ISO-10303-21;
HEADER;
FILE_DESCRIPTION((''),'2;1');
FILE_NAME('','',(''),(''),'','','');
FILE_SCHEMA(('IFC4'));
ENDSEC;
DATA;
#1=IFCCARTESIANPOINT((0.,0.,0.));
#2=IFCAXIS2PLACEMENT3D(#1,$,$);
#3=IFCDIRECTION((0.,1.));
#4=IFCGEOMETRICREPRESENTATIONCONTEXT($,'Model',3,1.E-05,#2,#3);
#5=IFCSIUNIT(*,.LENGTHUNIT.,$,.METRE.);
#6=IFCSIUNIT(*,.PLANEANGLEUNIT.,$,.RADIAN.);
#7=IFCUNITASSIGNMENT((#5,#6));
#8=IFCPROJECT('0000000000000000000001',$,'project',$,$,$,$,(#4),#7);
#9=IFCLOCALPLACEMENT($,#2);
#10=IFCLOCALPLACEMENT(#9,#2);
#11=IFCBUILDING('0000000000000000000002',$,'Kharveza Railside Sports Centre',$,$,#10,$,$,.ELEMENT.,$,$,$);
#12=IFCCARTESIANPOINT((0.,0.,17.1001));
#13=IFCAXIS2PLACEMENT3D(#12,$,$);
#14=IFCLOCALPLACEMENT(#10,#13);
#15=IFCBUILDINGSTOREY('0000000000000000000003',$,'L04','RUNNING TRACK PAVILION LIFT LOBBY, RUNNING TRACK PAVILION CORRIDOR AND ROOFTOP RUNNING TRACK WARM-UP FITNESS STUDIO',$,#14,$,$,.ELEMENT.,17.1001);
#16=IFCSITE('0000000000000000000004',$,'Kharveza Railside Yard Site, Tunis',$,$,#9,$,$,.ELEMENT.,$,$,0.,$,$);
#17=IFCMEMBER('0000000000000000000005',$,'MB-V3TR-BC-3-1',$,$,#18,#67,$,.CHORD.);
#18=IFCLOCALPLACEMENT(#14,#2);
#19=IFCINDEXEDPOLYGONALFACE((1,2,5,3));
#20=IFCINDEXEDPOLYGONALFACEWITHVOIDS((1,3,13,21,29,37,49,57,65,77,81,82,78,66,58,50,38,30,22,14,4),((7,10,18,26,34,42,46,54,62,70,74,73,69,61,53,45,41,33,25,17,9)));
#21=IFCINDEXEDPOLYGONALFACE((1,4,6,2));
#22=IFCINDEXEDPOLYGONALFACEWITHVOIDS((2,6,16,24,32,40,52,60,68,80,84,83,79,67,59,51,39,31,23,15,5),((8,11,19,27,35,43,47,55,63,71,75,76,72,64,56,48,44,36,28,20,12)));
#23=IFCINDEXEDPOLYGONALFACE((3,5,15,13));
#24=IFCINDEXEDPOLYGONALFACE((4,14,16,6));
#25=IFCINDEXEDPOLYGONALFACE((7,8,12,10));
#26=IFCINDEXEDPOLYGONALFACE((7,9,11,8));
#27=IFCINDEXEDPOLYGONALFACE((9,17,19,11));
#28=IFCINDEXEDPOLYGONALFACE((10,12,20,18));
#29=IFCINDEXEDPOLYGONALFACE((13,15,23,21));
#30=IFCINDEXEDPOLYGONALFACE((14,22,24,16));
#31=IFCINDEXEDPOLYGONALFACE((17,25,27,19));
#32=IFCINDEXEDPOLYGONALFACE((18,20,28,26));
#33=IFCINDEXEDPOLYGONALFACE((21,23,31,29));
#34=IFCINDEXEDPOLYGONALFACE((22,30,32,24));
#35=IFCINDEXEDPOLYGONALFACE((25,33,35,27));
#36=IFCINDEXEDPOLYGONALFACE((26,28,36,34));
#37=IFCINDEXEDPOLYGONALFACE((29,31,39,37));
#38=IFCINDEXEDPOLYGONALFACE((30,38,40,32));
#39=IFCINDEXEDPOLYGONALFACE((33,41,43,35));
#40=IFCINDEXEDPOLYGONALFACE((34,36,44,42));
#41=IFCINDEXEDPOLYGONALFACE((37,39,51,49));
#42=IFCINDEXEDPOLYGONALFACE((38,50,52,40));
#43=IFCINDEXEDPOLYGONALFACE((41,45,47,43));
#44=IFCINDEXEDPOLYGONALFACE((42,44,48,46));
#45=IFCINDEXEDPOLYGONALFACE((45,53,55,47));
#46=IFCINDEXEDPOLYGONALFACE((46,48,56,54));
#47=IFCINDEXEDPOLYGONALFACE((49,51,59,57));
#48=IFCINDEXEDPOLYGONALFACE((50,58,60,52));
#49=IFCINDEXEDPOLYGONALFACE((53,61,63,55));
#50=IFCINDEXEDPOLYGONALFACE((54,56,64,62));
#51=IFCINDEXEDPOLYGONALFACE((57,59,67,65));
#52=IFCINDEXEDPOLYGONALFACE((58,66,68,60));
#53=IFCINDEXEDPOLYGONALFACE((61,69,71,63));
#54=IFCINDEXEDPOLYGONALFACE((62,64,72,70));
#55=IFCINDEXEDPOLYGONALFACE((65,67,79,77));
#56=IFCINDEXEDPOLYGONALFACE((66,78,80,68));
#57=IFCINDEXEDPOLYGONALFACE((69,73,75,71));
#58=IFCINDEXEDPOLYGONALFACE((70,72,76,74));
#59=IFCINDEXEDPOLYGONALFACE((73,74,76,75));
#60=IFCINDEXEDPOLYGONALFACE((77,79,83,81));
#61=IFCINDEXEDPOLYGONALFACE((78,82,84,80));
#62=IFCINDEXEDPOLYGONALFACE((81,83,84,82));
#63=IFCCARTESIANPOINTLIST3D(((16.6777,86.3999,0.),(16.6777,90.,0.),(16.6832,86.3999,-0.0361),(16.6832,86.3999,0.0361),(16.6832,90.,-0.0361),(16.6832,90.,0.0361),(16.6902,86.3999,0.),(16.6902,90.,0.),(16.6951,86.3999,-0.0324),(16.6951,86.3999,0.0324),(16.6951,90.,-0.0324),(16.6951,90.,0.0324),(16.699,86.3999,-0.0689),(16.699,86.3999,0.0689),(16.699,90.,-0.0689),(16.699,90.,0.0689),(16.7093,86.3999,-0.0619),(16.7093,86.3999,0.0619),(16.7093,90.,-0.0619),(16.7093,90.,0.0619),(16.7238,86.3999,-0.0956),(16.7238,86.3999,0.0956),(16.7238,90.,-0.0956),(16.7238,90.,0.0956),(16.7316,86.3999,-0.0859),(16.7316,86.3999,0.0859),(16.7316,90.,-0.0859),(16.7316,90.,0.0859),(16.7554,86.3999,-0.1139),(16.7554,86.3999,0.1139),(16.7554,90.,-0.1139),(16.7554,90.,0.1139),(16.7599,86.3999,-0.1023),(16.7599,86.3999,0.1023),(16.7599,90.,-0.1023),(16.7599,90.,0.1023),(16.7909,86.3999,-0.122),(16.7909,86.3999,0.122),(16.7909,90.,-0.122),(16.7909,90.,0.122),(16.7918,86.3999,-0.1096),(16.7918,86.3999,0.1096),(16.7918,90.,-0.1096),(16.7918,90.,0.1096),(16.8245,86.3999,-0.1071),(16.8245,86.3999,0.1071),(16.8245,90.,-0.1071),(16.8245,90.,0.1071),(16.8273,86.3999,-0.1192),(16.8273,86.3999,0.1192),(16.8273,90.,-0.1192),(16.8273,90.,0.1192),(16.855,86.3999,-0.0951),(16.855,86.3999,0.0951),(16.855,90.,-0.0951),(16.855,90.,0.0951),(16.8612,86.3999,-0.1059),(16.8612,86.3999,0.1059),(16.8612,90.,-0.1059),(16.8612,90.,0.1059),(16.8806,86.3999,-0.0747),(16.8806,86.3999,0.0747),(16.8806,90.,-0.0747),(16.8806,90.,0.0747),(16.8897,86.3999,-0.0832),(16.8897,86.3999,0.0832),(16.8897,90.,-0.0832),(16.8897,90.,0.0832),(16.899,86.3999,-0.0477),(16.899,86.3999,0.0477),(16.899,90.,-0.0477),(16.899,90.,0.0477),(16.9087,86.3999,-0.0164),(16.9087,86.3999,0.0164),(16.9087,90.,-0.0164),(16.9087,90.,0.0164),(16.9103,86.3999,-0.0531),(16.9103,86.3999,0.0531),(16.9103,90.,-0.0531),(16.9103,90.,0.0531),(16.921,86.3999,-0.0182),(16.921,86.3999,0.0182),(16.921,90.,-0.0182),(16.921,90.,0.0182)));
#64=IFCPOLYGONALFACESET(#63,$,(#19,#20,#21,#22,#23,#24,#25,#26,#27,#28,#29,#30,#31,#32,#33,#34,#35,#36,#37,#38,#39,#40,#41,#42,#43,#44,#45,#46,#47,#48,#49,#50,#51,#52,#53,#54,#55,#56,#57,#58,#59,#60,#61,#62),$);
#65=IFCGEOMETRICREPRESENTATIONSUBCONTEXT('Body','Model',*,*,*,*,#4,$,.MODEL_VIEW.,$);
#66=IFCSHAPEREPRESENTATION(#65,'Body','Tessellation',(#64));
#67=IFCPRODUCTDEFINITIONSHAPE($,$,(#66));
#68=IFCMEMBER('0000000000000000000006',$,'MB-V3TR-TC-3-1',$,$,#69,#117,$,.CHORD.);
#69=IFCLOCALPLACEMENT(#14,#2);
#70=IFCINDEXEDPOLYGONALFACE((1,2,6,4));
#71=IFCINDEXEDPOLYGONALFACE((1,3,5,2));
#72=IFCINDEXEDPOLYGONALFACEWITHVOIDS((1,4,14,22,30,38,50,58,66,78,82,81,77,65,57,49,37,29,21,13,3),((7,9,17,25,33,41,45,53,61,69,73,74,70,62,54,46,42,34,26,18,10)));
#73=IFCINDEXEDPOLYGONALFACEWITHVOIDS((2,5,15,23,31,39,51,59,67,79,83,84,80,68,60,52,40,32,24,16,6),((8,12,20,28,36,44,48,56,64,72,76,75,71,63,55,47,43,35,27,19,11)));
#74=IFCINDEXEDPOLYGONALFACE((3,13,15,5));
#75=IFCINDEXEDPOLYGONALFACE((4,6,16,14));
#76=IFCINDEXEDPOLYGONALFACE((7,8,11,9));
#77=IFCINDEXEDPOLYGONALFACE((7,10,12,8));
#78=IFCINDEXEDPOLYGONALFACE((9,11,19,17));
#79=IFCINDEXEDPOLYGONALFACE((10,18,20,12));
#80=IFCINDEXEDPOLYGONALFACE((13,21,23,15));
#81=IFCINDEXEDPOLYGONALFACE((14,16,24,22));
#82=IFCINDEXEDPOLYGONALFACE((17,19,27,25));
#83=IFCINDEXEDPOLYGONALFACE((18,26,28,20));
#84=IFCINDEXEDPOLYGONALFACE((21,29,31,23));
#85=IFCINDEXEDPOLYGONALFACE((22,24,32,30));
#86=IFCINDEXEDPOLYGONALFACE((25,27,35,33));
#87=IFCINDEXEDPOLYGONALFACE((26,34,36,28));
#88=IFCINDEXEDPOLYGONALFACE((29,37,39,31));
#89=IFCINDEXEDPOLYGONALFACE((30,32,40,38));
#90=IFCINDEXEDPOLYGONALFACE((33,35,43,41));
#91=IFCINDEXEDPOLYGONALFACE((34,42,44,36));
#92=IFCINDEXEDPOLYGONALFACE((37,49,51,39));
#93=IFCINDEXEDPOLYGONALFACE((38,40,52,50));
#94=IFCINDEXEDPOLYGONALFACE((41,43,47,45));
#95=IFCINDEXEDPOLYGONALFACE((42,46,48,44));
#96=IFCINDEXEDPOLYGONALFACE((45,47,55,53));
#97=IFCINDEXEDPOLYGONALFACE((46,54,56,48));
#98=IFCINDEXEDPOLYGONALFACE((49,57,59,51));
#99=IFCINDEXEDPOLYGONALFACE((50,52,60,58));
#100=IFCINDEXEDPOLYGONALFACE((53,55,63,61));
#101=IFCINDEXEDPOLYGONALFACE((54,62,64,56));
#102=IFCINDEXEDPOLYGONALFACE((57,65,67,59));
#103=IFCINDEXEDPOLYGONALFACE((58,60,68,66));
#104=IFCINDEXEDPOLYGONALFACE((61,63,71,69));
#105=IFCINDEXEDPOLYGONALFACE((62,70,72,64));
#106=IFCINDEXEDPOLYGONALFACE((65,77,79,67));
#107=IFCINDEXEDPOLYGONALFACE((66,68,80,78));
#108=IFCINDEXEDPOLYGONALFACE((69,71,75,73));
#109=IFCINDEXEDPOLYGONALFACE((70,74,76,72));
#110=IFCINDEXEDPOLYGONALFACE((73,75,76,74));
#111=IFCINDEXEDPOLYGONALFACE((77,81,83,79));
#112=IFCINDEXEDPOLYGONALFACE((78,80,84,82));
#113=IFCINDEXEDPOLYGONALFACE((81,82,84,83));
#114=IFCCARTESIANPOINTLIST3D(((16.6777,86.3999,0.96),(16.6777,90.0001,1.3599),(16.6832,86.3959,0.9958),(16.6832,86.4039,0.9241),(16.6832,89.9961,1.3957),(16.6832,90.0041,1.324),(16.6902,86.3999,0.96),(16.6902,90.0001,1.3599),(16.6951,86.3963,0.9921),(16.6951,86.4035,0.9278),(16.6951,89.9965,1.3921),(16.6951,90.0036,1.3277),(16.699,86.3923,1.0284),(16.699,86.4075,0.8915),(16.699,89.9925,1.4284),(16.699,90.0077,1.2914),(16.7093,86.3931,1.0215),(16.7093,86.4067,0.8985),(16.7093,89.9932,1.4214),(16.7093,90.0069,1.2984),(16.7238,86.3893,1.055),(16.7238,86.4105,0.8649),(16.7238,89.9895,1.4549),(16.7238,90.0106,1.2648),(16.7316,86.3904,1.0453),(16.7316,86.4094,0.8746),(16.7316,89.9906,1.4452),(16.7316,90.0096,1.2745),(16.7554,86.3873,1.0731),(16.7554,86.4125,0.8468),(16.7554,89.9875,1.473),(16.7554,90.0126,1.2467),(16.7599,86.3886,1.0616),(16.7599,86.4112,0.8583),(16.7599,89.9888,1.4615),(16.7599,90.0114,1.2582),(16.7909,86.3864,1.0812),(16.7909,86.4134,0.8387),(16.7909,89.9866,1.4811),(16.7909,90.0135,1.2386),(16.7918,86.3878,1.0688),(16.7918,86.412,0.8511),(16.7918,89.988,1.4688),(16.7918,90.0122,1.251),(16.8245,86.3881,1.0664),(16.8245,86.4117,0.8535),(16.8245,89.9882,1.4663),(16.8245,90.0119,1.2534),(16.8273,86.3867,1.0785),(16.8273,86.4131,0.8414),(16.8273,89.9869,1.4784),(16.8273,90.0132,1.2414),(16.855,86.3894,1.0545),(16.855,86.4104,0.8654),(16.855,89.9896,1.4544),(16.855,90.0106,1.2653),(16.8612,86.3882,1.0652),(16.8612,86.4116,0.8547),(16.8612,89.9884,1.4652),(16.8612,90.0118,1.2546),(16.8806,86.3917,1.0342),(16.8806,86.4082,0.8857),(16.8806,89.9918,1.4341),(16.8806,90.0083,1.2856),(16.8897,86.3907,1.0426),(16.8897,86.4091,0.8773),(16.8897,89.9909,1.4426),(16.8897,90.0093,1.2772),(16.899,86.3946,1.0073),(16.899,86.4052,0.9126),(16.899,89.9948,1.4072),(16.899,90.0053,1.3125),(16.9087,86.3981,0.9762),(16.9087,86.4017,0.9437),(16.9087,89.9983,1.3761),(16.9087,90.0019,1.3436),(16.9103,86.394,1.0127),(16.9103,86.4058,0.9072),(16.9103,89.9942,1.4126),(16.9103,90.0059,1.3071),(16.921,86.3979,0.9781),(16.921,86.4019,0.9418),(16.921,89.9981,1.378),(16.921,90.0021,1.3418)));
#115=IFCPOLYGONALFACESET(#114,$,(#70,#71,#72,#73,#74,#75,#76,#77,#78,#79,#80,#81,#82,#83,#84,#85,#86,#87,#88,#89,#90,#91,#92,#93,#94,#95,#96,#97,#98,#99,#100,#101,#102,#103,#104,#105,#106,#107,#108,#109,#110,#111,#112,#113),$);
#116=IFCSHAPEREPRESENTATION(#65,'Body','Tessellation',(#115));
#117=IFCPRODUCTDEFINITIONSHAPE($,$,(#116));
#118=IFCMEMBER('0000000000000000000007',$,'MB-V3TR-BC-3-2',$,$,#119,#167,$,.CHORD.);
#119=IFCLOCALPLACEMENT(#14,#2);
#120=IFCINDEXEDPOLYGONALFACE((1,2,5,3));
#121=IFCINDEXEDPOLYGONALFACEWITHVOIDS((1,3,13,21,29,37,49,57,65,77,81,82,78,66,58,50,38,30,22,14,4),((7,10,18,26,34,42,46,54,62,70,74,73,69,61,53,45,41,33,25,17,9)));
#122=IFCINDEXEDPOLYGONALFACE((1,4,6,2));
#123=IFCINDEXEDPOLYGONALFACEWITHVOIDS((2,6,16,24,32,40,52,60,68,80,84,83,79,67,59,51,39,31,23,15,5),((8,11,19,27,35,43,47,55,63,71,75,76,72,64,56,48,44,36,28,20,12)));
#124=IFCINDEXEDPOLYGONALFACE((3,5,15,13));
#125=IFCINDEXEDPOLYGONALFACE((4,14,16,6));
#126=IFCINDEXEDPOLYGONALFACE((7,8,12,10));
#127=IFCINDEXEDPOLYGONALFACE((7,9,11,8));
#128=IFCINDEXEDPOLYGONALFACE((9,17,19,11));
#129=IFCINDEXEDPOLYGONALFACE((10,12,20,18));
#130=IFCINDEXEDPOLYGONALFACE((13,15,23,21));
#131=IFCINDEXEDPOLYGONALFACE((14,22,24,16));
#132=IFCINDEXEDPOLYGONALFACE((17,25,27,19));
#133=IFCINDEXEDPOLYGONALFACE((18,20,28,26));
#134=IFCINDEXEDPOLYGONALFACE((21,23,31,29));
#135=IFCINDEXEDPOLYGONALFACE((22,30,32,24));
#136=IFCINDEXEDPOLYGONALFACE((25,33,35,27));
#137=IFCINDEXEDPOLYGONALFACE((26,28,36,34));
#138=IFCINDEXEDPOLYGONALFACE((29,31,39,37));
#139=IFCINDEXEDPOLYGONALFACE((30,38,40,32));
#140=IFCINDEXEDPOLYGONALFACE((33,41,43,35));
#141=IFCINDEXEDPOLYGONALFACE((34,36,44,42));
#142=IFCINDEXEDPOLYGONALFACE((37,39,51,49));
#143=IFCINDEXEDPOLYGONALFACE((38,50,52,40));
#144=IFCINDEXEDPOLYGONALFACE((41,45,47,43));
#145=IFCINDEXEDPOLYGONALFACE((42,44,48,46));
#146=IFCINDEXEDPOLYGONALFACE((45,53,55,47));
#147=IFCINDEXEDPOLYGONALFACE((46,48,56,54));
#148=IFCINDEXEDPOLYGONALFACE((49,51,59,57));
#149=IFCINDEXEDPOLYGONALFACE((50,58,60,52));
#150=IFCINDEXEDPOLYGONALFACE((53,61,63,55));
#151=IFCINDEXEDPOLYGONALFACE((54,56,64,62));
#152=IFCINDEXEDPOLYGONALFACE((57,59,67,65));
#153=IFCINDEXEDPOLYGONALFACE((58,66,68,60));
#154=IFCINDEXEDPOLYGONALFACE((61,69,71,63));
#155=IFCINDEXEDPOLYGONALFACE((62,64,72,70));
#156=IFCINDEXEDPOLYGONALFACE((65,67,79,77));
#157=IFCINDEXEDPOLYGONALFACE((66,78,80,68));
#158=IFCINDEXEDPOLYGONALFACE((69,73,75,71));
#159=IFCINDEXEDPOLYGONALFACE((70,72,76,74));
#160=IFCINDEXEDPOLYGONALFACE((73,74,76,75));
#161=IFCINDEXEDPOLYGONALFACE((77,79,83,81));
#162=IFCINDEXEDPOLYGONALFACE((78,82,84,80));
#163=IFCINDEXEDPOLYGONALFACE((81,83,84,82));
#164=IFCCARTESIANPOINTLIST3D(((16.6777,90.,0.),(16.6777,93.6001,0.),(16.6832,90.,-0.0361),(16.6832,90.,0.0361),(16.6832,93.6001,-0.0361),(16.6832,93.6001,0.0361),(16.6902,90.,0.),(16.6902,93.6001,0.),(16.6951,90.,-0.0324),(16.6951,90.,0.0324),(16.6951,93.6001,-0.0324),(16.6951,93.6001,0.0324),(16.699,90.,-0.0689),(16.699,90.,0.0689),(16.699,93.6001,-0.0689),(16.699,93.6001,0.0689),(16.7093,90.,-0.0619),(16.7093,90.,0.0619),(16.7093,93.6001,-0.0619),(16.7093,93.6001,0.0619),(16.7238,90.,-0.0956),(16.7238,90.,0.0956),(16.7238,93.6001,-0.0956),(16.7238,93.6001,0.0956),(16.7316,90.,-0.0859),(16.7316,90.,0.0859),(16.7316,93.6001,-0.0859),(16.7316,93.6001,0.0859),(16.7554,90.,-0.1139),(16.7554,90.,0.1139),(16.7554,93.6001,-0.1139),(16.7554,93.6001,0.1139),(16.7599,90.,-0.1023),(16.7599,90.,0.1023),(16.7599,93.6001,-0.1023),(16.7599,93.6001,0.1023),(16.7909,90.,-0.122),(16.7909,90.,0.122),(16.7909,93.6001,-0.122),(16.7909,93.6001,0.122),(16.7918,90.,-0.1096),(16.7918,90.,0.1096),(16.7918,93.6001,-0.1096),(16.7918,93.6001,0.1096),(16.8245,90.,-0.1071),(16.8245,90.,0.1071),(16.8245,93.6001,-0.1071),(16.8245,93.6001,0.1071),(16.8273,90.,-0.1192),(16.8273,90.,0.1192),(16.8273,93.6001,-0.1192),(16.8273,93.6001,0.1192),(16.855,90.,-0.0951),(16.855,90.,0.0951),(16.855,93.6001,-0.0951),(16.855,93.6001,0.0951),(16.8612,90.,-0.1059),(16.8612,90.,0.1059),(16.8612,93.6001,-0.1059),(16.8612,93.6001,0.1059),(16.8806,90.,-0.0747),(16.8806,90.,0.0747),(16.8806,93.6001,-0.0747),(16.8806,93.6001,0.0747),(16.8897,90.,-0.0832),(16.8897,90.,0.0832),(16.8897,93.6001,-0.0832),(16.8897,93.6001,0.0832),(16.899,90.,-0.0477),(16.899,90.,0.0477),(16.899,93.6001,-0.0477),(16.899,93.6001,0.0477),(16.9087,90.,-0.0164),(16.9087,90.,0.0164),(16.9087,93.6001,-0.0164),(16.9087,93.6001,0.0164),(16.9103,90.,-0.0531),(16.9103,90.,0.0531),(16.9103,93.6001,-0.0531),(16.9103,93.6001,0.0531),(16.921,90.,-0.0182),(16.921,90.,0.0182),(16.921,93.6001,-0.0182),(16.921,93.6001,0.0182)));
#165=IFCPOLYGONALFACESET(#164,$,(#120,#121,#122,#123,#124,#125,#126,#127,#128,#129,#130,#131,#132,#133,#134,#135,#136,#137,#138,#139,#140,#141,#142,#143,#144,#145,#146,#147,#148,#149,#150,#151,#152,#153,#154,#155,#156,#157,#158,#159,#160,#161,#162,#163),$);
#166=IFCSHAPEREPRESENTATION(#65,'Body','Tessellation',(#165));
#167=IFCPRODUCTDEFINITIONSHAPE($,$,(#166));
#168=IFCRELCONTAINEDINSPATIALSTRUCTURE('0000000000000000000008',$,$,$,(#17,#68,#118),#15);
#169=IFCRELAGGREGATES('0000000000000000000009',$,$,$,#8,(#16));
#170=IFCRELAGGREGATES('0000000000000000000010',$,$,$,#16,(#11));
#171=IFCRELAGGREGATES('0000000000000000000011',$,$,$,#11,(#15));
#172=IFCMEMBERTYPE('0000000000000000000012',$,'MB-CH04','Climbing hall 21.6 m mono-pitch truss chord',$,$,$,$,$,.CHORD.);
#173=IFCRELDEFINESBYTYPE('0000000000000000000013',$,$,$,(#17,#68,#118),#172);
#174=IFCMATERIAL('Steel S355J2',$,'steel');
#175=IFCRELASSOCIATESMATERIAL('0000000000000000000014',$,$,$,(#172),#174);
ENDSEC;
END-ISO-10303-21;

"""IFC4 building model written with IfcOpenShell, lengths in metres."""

from ifc_helpers import new_model, si_unit, direction, frame, origin, origin_2d, place, context, subcontext, project, spatial, hollow_circle, extrude, material, material_profile, profile_set, type_object, element, save


model = new_model("IFC4")

# Units and contexts
model_context = context("Model", 3, precision=1e-05, world=origin(), true_north=direction((0.0, 1.0)))
body_context = subcontext(model_context, "Body", "Model", "MODEL_VIEW")
ifc_project = project(units=[si_unit("LENGTHUNIT", "METRE"), si_unit("PLANEANGLEUNIT", "RADIAN")], contexts=[model_context])

# Site, building, storey
site_placement = place(None, origin())
site = spatial("IfcSite", under=ifc_project, at=site_placement, Name="Kharveza Railside Yard Site, Tunis", CompositionType="ELEMENT", RefElevation=0.0)
building_placement = place(site_placement, origin())
building = spatial("IfcBuilding", under=site, at=building_placement, Name="Kharveza Railside Sports Centre", CompositionType="ELEMENT")
storey_placement = place(building_placement, frame((0.0, 0.0, 17.1001)))
storey = spatial("IfcBuildingStorey", under=building, at=storey_placement, Name="L04", Description="RUNNING TRACK PAVILION LIFT LOBBY, RUNNING TRACK PAVILION CORRIDOR AND ROOFTOP RUNNING TRACK WARM-UP FITNESS STUDIO", CompositionType="ELEMENT", Elevation=17.1001)

# Members
ifc_material_1 = material(Name="Steel S355J2", Category="steel")
ifc_material_profile_1 = material_profile(ifc_material_1, hollow_circle(Radius=0.1223, WallThickness=0.0125, at=origin_2d()), Name="CHS 244.5x12.5")
ifc_profile_set_1 = profile_set([ifc_material_profile_1], Name="Steel S355J2")
member_type_1 = type_object("IfcMemberType", Name="MB-CH04", Description="Climbing hall 21.6 m mono-pitch truss chord", PredefinedType="CHORD", material=ifc_profile_set_1)
member_1_placement = place(storey_placement, frame((16.8, 86.3999, 0.0), z_axis=(0.0, 1.0, 0.0), x_axis=(-1.0, 0.0, 0.0)))
element("IfcMember", 1, at=member_1_placement, inside=storey, type_object=member_type_1, Name="MB-V3TR-BC-3-1", PredefinedType="CHORD", context=body_context, shape_type="SweptSolid", body=[
    extrude(hollow_circle(Radius=0.1223, WallThickness=0.0125, at=origin_2d()), origin(), (0.0, 0.0, 1.0), 3.6001),
])
member_2_placement = place(storey_placement, frame((16.8, 86.3999, 0.96), z_axis=(0.0, 0.993887, 0.110402), x_axis=(-1.0, 0.0, 0.0)))
element("IfcMember", 2, at=member_2_placement, inside=storey, type_object=member_type_1, Name="MB-V3TR-TC-3-1", PredefinedType="CHORD", context=body_context, shape_type="SweptSolid", body=[
    extrude(hollow_circle(Radius=0.1223, WallThickness=0.0125, at=origin_2d()), origin(), (0.0, 0.0, 1.0), 3.6223),
])
member_3_placement = place(storey_placement, frame((16.8, 90.0, 0.0), z_axis=(0.0, 1.0, 0.0), x_axis=(-1.0, 0.0, 0.0)))
element("IfcMember", 3, at=member_3_placement, inside=storey, type_object=member_type_1, Name="MB-V3TR-BC-3-2", PredefinedType="CHORD", context=body_context, shape_type="SweptSolid", body=[
    extrude(hollow_circle(Radius=0.1223, WallThickness=0.0125, at=origin_2d()), origin(), (0.0, 0.0, 1.0), 3.6001),
])

save(model, "model.ifc")
